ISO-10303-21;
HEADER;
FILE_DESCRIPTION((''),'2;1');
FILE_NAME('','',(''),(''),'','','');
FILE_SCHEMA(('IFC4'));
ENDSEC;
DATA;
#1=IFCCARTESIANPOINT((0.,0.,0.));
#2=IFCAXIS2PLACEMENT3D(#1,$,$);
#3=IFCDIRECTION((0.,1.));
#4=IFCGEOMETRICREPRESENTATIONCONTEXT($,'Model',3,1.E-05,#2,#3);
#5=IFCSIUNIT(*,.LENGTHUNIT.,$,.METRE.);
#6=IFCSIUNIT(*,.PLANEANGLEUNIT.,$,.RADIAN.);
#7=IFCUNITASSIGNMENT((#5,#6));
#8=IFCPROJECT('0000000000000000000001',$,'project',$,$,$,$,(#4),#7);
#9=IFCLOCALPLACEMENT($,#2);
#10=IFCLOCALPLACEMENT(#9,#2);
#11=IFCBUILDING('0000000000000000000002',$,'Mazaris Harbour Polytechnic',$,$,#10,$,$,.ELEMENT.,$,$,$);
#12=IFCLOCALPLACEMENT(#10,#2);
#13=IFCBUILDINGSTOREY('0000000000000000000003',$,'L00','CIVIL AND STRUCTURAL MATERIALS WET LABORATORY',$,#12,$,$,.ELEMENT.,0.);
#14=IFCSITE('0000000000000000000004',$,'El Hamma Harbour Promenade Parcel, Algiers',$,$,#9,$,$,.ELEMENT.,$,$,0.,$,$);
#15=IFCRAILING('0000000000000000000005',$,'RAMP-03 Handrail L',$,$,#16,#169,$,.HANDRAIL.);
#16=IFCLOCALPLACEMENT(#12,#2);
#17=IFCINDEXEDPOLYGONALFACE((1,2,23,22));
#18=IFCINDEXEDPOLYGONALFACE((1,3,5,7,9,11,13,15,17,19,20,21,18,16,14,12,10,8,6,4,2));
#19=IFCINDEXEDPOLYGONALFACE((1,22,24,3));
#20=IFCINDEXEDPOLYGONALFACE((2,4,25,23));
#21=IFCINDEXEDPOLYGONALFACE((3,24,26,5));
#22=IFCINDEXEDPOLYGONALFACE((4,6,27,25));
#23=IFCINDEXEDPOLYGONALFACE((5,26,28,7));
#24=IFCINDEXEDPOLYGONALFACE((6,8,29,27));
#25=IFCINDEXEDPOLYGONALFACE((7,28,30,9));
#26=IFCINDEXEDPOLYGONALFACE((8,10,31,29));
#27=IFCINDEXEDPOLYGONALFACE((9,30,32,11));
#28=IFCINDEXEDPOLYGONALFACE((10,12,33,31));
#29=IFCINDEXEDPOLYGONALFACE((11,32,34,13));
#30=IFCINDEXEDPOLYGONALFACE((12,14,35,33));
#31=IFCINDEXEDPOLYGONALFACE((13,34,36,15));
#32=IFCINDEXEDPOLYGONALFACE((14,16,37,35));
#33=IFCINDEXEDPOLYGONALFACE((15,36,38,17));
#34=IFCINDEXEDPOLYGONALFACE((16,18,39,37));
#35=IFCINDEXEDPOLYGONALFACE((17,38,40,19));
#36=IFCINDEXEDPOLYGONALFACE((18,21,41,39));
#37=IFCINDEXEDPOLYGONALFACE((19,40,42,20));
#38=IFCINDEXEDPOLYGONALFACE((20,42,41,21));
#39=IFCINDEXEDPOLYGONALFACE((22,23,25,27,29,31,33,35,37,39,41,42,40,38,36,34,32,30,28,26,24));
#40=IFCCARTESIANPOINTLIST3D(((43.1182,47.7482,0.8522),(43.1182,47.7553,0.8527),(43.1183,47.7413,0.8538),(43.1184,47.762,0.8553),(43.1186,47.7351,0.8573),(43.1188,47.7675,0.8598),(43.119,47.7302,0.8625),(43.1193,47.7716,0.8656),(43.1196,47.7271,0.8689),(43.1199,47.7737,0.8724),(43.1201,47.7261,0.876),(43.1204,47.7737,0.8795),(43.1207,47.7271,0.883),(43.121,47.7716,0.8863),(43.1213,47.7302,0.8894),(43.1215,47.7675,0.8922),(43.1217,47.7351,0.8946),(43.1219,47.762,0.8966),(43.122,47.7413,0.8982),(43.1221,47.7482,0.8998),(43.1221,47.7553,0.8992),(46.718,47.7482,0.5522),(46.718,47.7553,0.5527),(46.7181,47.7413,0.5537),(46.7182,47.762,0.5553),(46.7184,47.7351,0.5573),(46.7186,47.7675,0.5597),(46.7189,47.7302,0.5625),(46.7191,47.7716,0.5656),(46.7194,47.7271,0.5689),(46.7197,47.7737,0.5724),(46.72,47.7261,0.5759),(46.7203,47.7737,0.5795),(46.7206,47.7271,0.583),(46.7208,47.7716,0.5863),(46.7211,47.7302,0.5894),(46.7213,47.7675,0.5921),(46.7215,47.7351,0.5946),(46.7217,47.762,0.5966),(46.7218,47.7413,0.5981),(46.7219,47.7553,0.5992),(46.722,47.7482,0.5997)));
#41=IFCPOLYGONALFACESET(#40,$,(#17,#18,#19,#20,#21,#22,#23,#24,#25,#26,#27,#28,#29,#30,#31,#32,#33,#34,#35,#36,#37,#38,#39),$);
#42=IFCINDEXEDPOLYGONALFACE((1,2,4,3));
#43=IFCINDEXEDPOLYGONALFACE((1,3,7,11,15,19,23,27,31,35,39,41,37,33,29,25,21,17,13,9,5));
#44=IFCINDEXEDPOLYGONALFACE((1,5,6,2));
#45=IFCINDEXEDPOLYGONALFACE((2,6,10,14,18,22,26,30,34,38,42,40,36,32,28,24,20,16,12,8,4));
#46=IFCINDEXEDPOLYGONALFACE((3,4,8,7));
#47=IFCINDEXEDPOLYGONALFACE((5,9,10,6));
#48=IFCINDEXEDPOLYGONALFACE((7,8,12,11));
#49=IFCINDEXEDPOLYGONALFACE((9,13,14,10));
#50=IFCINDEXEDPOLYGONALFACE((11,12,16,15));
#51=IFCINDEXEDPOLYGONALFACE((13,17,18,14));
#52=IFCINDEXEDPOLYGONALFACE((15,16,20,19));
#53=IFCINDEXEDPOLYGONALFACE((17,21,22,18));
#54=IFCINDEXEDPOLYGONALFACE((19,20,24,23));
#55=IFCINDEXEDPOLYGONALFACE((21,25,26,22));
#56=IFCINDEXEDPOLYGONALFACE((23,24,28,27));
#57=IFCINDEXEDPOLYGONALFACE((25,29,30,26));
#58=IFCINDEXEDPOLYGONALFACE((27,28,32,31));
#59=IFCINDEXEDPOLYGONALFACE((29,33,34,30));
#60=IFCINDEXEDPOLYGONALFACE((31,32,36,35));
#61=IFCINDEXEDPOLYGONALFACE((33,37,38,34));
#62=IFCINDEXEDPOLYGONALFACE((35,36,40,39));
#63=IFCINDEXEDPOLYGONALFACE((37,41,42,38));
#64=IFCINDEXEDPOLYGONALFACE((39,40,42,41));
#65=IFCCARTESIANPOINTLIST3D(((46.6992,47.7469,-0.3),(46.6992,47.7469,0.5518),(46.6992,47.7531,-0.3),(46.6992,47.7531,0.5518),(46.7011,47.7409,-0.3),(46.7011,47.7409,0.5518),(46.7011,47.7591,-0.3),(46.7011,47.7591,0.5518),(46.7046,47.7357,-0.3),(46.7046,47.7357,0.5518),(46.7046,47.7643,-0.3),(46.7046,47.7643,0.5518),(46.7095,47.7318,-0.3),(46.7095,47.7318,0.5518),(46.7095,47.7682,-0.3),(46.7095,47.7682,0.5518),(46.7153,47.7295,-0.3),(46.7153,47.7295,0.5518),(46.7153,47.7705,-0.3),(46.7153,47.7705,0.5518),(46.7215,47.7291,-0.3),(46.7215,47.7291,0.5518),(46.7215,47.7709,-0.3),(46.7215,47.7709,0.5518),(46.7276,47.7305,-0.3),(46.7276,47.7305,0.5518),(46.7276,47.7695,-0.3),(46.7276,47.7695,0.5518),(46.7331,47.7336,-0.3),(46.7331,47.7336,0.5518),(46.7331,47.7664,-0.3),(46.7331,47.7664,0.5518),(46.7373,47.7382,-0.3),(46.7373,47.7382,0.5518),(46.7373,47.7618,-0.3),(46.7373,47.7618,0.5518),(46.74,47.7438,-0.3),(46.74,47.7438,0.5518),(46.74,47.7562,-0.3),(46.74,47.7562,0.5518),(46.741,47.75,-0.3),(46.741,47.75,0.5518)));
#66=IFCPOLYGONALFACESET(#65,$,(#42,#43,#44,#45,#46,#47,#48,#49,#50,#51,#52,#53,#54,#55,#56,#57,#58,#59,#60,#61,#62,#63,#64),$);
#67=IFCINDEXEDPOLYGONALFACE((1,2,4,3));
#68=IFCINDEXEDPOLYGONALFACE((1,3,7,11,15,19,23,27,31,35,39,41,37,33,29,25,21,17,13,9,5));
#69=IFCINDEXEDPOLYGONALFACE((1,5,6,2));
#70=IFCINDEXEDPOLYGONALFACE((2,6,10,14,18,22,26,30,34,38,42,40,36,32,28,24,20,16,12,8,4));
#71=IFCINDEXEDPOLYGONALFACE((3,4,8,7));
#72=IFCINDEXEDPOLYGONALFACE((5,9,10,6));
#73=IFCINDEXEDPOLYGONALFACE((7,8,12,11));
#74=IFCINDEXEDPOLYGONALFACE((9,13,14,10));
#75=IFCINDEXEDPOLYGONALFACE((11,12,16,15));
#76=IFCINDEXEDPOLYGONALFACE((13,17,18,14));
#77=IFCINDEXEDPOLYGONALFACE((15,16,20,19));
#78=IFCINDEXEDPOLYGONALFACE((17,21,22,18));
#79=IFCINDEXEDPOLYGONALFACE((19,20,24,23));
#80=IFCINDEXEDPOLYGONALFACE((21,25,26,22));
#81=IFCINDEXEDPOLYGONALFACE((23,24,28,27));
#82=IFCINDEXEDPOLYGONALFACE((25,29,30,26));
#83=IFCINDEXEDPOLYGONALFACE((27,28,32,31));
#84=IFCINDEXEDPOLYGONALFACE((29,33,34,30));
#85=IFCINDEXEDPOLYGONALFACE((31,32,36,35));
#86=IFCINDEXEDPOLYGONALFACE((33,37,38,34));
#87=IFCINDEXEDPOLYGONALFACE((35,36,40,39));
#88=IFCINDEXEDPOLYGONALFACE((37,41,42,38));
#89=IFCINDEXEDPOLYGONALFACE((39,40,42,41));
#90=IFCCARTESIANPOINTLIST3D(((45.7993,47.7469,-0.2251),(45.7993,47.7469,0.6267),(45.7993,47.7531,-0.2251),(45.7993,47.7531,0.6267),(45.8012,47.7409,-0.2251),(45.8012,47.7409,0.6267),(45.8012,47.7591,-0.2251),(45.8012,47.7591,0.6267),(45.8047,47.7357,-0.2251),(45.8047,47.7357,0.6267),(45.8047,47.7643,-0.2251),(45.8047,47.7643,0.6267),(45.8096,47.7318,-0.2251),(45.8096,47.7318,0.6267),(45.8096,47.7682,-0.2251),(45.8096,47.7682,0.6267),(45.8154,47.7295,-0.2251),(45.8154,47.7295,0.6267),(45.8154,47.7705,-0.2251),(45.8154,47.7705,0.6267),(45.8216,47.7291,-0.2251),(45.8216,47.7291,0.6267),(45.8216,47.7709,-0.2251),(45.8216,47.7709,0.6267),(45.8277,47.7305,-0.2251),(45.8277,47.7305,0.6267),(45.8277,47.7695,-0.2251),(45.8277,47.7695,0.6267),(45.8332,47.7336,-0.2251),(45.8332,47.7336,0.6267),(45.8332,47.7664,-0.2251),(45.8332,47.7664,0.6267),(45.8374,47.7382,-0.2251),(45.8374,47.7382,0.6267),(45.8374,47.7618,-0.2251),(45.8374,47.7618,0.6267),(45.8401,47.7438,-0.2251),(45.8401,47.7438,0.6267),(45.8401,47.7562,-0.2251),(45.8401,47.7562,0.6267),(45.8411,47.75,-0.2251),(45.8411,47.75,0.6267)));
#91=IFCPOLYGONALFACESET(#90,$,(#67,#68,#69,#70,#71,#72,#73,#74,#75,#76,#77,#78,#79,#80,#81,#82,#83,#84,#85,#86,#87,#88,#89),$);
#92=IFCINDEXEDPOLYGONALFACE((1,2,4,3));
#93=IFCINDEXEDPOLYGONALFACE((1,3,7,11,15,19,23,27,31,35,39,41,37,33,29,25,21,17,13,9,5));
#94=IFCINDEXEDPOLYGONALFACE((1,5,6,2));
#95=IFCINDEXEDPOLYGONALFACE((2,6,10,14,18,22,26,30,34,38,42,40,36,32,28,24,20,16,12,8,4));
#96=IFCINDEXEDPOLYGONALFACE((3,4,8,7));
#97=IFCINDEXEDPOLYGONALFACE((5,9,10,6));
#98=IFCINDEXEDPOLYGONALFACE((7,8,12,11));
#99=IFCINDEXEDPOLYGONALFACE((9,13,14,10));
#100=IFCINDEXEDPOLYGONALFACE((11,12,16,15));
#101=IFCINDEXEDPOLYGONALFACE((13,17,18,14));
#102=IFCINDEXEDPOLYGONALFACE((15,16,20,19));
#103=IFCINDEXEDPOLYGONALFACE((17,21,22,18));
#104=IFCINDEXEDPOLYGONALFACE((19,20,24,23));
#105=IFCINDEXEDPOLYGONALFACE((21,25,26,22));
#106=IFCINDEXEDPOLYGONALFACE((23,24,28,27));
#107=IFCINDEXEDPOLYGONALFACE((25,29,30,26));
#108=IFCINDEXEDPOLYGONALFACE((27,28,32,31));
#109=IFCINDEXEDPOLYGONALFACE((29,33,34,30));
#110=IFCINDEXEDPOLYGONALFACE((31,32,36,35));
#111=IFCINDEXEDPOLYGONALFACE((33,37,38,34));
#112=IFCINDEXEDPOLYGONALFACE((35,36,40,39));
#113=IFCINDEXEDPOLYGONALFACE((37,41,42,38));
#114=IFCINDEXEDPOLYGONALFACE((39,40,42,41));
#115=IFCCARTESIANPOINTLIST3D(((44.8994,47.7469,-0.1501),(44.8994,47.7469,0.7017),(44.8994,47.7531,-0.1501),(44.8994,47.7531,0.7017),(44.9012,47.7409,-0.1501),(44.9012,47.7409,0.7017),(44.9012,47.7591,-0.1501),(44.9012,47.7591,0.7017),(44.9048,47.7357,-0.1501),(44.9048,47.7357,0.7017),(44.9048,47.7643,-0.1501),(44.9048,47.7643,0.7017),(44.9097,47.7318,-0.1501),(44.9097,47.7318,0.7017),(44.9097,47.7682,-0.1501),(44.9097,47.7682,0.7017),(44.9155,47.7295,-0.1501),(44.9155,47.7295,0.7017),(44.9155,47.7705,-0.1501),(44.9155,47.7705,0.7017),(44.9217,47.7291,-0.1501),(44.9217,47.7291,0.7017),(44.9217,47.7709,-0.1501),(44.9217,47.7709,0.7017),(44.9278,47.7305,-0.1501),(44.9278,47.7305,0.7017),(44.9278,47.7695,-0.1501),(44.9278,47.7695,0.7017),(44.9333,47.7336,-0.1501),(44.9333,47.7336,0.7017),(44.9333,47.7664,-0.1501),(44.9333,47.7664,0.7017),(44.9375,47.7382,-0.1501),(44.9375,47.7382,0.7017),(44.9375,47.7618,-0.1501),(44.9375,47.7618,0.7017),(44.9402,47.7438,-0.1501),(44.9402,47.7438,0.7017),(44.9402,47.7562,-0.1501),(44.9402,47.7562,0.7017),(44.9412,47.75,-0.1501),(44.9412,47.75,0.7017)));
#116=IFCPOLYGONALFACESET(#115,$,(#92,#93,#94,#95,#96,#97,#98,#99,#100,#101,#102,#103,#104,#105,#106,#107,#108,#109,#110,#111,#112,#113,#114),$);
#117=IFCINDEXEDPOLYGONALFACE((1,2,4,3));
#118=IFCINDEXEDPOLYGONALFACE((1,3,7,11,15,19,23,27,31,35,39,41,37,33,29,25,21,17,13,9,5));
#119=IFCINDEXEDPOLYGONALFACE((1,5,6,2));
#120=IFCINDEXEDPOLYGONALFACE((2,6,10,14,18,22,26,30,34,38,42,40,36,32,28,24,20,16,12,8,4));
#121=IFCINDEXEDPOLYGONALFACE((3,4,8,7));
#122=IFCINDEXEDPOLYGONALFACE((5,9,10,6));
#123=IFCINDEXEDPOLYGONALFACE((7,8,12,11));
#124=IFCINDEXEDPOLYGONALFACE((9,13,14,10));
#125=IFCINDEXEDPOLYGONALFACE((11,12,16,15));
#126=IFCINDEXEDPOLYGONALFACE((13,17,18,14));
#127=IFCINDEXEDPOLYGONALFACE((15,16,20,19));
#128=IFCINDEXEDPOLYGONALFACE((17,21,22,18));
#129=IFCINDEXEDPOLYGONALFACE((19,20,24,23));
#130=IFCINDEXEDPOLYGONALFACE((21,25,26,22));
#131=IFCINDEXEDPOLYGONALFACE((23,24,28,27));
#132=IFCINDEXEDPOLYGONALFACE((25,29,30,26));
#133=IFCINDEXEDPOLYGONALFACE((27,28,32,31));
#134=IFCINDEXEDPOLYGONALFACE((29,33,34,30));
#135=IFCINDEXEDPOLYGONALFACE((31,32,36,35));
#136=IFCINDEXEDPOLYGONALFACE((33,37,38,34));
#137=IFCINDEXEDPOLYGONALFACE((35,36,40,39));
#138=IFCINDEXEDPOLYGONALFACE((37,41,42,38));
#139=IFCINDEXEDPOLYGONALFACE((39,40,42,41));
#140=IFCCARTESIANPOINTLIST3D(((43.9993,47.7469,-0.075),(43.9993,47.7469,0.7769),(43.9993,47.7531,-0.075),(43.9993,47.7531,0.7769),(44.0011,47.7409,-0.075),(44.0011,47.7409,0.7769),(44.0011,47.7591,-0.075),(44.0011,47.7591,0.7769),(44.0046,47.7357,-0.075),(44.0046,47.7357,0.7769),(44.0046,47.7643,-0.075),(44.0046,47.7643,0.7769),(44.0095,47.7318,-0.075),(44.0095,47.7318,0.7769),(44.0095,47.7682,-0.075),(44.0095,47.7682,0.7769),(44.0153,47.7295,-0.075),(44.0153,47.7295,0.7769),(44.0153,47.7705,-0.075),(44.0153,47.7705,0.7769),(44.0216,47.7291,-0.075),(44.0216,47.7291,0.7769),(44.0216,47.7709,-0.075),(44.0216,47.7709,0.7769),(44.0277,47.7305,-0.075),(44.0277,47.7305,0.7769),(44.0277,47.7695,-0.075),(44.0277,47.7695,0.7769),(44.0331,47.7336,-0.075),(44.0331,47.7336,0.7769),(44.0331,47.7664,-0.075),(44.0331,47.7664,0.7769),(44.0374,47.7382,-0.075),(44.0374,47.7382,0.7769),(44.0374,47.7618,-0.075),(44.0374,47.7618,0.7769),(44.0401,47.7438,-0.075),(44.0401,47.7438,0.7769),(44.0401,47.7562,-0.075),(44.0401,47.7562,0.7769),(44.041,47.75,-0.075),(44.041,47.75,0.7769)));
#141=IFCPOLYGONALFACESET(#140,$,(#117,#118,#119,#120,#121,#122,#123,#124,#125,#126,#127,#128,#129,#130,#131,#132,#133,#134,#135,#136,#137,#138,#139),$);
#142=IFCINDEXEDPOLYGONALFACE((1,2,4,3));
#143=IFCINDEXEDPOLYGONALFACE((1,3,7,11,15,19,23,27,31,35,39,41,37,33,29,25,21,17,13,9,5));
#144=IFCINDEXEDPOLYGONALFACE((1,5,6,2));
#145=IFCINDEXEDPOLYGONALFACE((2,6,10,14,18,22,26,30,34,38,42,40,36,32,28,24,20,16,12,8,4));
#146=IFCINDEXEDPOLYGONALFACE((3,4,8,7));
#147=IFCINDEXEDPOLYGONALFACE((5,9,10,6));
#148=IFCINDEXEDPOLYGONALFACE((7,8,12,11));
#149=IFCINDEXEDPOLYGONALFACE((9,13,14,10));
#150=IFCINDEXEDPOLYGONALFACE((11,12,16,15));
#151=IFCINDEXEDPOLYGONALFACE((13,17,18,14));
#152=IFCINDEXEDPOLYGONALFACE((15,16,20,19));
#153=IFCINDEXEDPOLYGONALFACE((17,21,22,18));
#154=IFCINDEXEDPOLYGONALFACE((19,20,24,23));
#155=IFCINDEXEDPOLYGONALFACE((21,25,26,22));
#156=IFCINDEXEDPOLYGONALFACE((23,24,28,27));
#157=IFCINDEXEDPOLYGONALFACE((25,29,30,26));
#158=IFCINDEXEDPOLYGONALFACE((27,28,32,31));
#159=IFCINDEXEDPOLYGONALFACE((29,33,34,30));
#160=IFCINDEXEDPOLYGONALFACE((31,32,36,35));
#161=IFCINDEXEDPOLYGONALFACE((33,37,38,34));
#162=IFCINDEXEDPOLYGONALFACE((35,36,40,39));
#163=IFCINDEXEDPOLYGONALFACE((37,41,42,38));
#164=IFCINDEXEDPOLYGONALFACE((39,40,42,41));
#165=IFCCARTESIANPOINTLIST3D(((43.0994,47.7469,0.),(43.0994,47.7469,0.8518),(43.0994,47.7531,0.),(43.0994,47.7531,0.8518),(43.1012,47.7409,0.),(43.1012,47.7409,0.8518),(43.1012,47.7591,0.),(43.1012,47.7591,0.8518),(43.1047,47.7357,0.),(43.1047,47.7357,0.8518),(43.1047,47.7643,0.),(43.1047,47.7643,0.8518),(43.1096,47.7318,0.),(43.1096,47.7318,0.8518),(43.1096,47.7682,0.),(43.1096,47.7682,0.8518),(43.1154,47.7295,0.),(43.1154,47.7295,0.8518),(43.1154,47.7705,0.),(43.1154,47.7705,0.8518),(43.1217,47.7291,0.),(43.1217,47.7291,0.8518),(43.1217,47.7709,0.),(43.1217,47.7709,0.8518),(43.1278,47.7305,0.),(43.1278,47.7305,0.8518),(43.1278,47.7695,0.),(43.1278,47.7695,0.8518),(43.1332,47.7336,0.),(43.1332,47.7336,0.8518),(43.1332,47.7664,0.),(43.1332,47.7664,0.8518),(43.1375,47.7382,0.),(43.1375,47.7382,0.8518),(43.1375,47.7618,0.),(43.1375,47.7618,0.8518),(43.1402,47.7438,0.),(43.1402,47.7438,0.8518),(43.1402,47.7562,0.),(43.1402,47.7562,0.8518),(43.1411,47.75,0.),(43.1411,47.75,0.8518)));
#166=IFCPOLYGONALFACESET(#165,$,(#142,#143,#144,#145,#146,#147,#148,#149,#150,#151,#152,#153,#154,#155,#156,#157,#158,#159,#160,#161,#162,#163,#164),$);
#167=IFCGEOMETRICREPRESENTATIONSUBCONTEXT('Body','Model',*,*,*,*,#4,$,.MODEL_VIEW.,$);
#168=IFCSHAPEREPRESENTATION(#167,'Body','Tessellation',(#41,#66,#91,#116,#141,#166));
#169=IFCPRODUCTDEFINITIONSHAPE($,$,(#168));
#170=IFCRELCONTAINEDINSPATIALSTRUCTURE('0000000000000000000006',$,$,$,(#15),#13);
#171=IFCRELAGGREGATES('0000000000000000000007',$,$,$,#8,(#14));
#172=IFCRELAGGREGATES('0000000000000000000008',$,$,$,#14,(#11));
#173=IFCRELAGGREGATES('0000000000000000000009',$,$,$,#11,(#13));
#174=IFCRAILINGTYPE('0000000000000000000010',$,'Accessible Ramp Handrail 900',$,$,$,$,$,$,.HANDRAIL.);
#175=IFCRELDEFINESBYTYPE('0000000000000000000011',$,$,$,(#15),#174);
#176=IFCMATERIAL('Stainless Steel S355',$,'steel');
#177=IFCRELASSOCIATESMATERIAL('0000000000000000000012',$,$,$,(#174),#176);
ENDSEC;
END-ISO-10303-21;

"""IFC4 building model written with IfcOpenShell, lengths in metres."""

from ifc_helpers import new_model, si_unit, direction, frame, origin, origin_2d, place, context, subcontext, project, spatial, circle, extrude, material, type_object, element, save


model = new_model("IFC4")

# Units and contexts
model_context = context("Model", 3, precision=1e-05, world=origin(), true_north=direction((0.0, 1.0)))
body_context = subcontext(model_context, "Body", "Model", "MODEL_VIEW")
ifc_project = project(units=[si_unit("LENGTHUNIT", "METRE"), si_unit("PLANEANGLEUNIT", "RADIAN")], contexts=[model_context])

# Site, building, storey
site_placement = place(None, origin())
site = spatial("IfcSite", under=ifc_project, at=site_placement, Name="El Hamma Harbour Promenade Parcel, Algiers", CompositionType="ELEMENT", RefElevation=0.0)
building_placement = place(site_placement, origin())
building = spatial("IfcBuilding", under=site, at=building_placement, Name="Mazaris Harbour Polytechnic", CompositionType="ELEMENT")
storey_placement = place(building_placement, origin())
storey = spatial("IfcBuildingStorey", under=building, at=storey_placement, Name="L00", Description="CIVIL AND STRUCTURAL MATERIALS WET LABORATORY", CompositionType="ELEMENT", Elevation=0.0)

# Railing
ifc_material_1 = material(Name="Stainless Steel S355", Category="steel")
railing_type_1 = type_object("IfcRailingType", Name="Accessible Ramp Handrail 900", PredefinedType="HANDRAIL", material=ifc_material_1)
for number, where, name in (
    (1, (46.72, 47.75, -0.3), "RAMP-03 Handrail L"),
):
    element("IfcRailing", number, at=place(storey_placement, frame(where)), inside=storey, type_object=railing_type_1, Name=name, PredefinedType="HANDRAIL", context=body_context, shape_type="SweptSolid", body=[
        extrude(circle(Radius=0.0239, at=origin_2d()), frame((0.0, 0.0, 0.876), z_axis=(-0.996544, 0.0, 0.083062), x_axis=(0.0, -1.0, 0.0)), (0.0, 0.0, 1.0), 3.6123),
        extrude(circle(Radius=0.021, at=origin_2d()), origin(), (0.0, 0.0, 1.0), 0.8518),
        extrude(circle(Radius=0.021, at=origin_2d()), frame((-0.8999, 0.0, 0.075)), (0.0, 0.0, 1.0), 0.8518),
        extrude(circle(Radius=0.021, at=origin_2d()), frame((-1.7998, 0.0, 0.1499)), (0.0, 0.0, 1.0), 0.8518),
        extrude(circle(Radius=0.021, at=origin_2d()), frame((-2.7, 0.0, 0.2251)), (0.0, 0.0, 1.0), 0.8518),
        extrude(circle(Radius=0.021, at=origin_2d()), frame((-3.5999, 0.0, 0.3)), (0.0, 0.0, 1.0), 0.8518),
    ])

save(model, "model.ifc")
